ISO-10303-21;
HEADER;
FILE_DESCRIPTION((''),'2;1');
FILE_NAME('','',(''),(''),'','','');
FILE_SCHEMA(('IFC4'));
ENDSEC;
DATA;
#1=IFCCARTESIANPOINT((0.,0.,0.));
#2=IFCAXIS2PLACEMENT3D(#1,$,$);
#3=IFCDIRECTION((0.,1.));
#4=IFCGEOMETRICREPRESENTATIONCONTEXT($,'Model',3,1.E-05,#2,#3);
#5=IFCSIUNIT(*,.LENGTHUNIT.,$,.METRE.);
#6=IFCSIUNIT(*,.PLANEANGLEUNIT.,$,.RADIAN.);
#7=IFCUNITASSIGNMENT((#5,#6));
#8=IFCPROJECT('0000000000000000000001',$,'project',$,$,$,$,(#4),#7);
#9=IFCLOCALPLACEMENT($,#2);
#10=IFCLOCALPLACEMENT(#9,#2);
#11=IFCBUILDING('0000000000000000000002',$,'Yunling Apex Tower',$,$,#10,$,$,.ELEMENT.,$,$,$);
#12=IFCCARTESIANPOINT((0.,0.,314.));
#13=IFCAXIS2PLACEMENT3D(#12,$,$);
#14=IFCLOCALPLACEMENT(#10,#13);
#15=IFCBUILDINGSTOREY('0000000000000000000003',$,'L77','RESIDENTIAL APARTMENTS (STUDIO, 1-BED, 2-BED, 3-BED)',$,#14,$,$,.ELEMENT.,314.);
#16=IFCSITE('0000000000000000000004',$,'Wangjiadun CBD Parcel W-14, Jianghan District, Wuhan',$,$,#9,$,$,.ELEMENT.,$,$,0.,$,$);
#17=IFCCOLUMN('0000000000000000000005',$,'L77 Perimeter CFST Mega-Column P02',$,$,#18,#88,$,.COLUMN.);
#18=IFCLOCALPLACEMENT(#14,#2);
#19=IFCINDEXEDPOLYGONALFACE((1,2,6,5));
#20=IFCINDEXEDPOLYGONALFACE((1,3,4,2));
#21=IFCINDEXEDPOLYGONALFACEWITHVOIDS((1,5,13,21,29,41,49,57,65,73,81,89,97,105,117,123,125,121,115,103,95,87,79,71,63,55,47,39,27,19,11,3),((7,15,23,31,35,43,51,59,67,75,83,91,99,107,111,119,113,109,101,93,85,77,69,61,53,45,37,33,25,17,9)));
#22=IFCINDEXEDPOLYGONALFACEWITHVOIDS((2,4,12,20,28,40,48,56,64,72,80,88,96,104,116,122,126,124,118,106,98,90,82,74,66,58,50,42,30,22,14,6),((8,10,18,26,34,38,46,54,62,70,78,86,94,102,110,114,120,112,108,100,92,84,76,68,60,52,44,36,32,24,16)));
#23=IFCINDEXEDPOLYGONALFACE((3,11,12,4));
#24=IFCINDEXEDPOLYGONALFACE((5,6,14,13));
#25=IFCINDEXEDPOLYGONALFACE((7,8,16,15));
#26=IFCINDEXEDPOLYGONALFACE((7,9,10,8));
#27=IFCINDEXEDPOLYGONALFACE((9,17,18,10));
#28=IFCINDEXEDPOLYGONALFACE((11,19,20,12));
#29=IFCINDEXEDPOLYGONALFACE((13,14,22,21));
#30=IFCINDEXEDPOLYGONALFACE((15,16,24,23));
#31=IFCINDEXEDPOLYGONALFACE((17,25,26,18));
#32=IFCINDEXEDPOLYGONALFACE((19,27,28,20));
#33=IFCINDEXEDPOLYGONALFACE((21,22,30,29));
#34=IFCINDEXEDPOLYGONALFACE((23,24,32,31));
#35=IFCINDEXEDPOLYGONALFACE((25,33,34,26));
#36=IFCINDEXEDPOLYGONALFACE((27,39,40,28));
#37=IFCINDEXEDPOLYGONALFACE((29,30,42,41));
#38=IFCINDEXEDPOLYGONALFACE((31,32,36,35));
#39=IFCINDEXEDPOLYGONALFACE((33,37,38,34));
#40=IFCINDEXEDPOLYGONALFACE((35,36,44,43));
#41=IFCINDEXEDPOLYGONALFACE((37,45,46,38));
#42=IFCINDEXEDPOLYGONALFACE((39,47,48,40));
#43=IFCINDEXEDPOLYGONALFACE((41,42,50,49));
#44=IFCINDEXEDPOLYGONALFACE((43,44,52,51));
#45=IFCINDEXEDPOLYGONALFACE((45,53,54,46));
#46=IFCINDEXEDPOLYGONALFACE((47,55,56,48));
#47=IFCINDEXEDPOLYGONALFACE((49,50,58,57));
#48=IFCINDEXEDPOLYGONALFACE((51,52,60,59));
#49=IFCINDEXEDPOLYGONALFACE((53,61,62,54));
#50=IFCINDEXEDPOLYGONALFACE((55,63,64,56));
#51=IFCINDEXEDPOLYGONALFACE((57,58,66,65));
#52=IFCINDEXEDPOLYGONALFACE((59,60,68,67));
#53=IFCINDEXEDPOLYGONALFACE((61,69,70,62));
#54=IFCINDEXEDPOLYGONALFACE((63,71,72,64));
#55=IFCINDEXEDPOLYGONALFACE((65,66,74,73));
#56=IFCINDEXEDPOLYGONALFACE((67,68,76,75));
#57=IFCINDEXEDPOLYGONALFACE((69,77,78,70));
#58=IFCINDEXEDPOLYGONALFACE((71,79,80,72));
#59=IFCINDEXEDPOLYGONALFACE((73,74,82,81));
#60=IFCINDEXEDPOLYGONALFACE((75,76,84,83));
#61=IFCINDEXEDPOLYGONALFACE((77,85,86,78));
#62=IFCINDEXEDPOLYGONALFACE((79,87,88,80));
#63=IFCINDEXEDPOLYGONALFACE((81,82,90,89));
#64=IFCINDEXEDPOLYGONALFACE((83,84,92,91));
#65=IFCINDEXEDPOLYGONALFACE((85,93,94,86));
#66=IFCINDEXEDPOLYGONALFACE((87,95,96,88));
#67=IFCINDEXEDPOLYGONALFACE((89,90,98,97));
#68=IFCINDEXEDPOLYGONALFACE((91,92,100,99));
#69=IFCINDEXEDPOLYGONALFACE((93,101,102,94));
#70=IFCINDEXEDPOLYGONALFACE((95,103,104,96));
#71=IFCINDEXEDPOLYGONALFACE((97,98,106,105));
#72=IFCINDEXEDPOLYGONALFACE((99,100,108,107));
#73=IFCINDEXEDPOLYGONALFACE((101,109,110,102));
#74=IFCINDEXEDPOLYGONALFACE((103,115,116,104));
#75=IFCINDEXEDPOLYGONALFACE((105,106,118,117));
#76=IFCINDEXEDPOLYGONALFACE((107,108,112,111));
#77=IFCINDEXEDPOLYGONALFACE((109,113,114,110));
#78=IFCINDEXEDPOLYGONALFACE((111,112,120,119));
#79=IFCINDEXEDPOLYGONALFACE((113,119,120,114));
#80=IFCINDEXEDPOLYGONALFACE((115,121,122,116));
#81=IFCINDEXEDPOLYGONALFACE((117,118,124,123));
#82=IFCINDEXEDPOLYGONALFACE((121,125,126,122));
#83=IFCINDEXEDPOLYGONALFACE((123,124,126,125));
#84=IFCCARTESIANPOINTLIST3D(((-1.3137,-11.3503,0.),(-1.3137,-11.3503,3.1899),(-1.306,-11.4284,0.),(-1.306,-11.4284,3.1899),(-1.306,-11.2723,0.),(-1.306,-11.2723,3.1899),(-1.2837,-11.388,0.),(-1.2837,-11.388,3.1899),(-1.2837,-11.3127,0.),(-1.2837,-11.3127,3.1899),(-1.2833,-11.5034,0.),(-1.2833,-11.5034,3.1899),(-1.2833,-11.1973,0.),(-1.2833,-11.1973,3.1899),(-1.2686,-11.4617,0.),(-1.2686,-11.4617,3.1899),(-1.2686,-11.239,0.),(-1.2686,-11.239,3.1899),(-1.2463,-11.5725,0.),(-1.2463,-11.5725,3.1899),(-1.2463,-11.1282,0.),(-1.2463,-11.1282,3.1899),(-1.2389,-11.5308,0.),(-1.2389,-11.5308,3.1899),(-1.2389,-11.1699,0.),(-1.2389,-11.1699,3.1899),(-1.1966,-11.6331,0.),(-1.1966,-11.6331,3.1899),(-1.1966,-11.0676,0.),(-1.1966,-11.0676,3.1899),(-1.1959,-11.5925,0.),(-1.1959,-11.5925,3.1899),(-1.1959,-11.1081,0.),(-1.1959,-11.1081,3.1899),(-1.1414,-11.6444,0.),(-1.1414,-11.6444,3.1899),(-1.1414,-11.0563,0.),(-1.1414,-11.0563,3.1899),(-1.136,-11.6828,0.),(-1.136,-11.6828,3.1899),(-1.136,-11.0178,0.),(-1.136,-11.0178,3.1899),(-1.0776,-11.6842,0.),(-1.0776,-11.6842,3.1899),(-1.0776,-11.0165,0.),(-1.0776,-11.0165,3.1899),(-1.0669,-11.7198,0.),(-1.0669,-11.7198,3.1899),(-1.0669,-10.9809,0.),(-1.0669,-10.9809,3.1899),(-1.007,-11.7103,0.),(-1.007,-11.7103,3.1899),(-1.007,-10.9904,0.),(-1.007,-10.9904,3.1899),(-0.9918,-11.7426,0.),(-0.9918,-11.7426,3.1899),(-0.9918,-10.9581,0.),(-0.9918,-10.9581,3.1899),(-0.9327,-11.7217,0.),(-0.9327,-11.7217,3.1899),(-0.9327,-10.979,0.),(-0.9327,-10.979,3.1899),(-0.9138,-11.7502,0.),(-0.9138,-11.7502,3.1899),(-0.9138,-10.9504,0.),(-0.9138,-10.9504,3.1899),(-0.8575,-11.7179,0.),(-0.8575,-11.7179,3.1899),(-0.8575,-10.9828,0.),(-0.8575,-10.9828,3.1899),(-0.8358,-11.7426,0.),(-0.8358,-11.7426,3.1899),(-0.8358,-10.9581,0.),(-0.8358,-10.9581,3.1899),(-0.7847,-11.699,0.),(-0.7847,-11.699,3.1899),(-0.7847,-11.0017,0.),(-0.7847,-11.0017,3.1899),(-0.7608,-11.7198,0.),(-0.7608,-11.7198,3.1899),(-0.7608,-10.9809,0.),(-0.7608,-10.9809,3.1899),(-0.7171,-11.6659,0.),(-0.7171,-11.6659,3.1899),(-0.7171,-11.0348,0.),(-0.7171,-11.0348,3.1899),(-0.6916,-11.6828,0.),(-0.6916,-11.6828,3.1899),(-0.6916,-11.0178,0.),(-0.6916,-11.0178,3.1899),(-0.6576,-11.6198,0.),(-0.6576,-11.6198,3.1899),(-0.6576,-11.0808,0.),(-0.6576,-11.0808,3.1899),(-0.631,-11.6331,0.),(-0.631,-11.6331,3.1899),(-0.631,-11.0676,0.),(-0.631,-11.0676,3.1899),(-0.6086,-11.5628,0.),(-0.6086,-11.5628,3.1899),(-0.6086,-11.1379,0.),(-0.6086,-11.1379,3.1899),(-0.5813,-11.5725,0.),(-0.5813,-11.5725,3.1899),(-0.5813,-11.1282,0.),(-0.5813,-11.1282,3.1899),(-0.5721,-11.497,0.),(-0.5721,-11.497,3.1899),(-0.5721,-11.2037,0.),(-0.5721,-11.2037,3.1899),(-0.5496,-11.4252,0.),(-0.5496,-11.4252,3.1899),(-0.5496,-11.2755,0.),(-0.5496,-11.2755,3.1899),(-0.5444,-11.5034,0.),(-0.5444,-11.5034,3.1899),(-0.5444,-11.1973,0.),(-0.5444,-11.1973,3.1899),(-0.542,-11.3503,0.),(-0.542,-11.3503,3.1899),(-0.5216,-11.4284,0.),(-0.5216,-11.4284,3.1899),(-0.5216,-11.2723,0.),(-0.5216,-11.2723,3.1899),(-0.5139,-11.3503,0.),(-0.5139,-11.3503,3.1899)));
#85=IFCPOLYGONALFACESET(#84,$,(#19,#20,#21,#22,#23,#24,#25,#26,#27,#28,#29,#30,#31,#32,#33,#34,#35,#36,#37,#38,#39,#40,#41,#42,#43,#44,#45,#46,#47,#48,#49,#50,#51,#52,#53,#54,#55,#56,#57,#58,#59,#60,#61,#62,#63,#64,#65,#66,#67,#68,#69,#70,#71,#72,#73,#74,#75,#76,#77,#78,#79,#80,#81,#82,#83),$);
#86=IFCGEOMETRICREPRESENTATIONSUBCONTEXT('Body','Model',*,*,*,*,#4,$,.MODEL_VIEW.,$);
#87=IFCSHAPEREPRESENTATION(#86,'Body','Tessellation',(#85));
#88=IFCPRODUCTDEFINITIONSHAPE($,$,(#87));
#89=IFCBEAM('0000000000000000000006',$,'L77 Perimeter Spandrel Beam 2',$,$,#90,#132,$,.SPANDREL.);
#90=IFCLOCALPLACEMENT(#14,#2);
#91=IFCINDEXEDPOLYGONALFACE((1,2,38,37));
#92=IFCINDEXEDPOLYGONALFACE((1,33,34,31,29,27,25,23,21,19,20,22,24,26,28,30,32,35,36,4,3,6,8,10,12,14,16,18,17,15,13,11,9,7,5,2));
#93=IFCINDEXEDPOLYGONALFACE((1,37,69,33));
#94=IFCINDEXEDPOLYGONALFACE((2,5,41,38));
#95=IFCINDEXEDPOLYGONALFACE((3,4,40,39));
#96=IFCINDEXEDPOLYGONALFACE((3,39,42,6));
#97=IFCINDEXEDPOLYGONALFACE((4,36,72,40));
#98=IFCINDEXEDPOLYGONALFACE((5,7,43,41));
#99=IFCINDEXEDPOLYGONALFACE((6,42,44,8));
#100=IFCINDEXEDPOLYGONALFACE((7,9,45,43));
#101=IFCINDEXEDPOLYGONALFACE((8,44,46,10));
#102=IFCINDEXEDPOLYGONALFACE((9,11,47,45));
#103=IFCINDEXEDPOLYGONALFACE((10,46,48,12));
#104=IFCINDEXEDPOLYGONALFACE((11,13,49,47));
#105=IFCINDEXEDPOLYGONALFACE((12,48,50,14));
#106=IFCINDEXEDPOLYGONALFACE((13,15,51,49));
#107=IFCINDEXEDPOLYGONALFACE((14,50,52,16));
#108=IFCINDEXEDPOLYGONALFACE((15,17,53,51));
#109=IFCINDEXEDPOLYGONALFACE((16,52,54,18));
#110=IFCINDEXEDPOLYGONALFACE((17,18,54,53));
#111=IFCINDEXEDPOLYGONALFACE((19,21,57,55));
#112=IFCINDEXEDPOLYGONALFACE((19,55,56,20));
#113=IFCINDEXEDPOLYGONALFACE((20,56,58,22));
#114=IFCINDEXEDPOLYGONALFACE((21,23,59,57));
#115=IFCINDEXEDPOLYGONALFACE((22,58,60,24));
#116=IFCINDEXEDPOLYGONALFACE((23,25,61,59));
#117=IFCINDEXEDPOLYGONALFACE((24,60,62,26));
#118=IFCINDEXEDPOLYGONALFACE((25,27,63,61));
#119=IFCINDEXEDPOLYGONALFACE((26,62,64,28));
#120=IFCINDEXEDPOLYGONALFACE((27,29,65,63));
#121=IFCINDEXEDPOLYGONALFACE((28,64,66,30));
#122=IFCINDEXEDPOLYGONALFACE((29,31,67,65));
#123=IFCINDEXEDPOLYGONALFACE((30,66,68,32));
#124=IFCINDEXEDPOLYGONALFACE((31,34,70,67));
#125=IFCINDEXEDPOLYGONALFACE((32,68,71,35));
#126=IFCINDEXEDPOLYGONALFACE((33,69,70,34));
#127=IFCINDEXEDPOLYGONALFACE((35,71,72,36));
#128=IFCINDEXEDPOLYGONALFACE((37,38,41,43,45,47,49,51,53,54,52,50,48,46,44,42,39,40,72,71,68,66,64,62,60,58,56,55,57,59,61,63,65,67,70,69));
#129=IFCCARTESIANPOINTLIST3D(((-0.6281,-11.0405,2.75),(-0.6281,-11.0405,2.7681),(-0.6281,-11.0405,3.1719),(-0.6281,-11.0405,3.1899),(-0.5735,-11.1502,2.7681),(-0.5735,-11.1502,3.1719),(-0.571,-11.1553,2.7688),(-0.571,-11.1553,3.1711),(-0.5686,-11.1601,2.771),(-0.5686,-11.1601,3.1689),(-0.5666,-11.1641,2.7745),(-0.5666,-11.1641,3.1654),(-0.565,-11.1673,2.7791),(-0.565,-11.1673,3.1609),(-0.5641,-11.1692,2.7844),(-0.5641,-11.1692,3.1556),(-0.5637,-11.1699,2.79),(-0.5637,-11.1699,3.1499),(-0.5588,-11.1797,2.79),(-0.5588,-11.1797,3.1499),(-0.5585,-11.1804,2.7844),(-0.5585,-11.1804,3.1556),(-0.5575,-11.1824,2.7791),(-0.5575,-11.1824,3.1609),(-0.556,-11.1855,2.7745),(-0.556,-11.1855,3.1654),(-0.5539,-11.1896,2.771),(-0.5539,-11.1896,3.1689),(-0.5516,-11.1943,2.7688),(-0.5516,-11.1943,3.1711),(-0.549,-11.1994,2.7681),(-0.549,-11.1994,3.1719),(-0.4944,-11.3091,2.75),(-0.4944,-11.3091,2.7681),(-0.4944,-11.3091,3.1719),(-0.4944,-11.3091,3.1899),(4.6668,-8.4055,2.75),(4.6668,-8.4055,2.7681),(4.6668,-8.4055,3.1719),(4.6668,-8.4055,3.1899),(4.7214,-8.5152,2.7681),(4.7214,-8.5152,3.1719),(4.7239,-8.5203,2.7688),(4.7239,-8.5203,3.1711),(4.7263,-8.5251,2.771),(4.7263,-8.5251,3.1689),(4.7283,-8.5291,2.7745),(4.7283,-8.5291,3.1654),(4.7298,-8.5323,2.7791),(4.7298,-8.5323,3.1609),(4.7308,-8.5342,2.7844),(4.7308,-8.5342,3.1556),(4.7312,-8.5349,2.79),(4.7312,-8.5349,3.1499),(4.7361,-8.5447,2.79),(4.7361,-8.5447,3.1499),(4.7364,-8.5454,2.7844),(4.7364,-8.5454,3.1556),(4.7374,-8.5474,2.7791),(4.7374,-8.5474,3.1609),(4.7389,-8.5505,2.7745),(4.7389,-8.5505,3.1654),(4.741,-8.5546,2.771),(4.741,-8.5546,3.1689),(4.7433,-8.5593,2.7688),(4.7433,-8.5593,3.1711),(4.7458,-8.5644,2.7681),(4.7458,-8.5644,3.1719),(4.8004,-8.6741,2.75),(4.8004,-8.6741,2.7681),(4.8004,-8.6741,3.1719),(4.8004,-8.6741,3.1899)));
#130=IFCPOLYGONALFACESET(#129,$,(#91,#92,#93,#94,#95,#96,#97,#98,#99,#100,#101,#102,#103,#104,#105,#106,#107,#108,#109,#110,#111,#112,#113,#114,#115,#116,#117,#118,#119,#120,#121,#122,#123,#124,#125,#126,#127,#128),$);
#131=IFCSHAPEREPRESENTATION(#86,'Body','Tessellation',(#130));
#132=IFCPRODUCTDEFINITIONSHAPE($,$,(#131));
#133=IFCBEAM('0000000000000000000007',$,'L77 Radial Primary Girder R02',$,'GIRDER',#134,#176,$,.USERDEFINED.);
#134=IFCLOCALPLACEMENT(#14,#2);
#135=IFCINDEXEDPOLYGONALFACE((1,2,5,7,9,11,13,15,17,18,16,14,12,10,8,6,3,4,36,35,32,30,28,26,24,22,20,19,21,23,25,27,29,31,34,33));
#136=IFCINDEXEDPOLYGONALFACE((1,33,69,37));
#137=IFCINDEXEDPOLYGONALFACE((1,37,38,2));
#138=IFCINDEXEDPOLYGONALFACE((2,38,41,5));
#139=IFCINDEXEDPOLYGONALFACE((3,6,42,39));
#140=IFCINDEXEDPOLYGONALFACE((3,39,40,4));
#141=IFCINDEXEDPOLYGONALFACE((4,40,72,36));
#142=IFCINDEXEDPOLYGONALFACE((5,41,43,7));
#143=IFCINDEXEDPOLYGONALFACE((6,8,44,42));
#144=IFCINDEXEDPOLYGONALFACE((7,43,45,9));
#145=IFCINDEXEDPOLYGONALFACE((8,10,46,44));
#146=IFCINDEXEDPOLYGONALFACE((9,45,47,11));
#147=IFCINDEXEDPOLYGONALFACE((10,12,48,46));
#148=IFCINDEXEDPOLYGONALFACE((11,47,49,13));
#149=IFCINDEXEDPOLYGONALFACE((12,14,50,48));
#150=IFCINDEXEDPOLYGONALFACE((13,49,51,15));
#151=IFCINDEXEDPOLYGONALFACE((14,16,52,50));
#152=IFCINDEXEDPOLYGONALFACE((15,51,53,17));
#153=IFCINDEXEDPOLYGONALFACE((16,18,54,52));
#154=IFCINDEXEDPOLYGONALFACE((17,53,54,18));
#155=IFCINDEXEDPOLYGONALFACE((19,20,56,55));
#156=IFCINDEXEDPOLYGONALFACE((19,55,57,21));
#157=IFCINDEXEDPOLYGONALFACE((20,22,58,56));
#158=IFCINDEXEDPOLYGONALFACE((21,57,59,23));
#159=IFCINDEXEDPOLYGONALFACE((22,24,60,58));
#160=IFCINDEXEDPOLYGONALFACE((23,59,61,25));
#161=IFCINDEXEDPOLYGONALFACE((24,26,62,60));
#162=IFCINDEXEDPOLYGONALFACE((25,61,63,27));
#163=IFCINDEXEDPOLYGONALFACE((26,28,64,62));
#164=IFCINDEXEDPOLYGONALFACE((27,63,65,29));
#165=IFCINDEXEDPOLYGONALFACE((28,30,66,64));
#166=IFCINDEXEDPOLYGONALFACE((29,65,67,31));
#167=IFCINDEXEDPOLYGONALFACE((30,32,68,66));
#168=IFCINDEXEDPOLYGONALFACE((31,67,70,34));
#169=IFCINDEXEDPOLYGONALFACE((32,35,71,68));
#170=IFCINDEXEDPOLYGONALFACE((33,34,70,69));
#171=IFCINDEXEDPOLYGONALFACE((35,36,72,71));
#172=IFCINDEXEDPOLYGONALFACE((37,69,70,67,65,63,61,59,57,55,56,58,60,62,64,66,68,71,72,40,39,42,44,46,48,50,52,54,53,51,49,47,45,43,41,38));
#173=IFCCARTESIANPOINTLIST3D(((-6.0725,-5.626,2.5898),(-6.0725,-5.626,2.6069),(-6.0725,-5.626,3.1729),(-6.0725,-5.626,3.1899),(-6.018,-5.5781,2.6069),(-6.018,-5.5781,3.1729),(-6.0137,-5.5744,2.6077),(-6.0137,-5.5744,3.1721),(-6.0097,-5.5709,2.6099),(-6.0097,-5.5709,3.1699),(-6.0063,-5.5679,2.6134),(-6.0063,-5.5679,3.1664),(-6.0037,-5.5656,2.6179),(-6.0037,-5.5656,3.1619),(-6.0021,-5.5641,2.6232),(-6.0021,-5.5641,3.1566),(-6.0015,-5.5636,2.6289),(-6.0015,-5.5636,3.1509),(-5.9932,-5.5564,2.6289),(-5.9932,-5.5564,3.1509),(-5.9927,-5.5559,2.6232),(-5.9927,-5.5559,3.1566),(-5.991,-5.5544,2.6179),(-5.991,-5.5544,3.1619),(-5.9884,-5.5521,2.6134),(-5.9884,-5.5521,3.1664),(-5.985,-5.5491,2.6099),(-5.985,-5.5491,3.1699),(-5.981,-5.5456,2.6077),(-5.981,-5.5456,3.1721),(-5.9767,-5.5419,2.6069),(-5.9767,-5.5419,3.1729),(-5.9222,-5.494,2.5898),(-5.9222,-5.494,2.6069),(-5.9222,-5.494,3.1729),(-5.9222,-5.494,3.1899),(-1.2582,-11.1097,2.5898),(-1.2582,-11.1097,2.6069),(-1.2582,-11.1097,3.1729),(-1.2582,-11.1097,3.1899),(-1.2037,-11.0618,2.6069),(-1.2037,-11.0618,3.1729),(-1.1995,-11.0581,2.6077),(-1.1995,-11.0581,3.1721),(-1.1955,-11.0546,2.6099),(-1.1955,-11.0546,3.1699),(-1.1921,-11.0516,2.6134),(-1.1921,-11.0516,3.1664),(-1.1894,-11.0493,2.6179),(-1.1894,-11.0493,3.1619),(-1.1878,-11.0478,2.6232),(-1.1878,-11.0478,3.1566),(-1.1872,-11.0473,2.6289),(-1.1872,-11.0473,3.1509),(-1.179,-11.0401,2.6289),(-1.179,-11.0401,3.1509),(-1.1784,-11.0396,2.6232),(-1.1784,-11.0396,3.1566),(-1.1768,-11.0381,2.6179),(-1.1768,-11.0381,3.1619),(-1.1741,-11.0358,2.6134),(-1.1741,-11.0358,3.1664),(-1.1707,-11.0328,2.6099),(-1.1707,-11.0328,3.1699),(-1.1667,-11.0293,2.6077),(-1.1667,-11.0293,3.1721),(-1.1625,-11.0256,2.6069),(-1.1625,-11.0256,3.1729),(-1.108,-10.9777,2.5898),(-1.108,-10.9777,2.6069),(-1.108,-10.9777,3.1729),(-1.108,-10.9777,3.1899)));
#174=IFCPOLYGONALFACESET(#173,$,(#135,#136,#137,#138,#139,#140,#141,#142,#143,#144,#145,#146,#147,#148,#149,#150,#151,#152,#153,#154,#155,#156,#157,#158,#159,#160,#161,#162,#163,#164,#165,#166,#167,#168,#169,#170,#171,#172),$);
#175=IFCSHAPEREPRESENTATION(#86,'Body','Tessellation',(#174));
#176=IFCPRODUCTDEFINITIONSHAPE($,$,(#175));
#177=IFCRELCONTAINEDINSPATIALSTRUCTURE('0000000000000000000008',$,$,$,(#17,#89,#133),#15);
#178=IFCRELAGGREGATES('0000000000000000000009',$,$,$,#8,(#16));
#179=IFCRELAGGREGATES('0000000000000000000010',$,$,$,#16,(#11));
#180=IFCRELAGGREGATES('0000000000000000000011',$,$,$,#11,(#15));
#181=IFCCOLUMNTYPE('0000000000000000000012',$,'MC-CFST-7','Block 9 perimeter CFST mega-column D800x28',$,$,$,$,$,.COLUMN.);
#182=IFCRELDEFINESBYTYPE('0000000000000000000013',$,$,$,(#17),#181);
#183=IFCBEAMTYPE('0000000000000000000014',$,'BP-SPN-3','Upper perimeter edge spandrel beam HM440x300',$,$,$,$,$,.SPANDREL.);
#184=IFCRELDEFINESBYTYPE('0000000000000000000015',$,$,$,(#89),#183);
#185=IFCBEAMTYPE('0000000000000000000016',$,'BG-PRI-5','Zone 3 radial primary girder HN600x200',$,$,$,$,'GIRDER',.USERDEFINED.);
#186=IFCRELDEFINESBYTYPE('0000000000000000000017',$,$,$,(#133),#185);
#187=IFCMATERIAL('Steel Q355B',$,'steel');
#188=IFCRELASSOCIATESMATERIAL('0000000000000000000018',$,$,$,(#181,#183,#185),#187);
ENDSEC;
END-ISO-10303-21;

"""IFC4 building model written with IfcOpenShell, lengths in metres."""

from ifc_helpers import new_model, si_unit, direction, frame, origin, origin_2d, place, context, subcontext, project, spatial, hollow_circle, i_section, extrude, source, transform, mapped, material, material_profile, profile_set, type_object, element, save


model = new_model("IFC4")

# Units and contexts
model_context = context("Model", 3, precision=1e-05, world=origin(), true_north=direction((0.0, 1.0)))
body_context = subcontext(model_context, "Body", "Model", "MODEL_VIEW")
ifc_project = project(units=[si_unit("LENGTHUNIT", "METRE"), si_unit("PLANEANGLEUNIT", "RADIAN")], contexts=[model_context])

# Site, building, storey
site_placement = place(None, origin())
site = spatial("IfcSite", under=ifc_project, at=site_placement, Name="Wangjiadun CBD Parcel W-14, Jianghan District, Wuhan", CompositionType="ELEMENT", RefElevation=0.0)
building_placement = place(site_placement, origin())
building = spatial("IfcBuilding", under=site, at=building_placement, Name="Yunling Apex Tower", CompositionType="ELEMENT")
storey_placement = place(building_placement, frame((0.0, 0.0, 314.0)))
storey = spatial("IfcBuildingStorey", under=building, at=storey_placement, Name="L77", Description="RESIDENTIAL APARTMENTS (STUDIO, 1-BED, 2-BED, 3-BED)", CompositionType="ELEMENT", Elevation=314.0)

# Column
ifc_material_1 = material(Name="Steel Q355B", Category="steel")
ifc_material_profile_1 = material_profile(ifc_material_1, hollow_circle(Radius=0.3999, WallThickness=0.0281, at=origin_2d()))
ifc_profile_set_1 = profile_set([ifc_material_profile_1], Name="Steel Q355B")
column_type = type_object("IfcColumnType", Name="MC-CFST-7", Description="Block 9 perimeter CFST mega-column D800x28", PredefinedType="COLUMN", material=ifc_profile_set_1)
shared_shape_1 = source(origin(), body_context, "Body", "SweptSolid", [
    extrude(hollow_circle(Radius=0.3999, WallThickness=0.0281, at=origin_2d()), origin(), (0.0, 0.0, 1.0), 3.1899),
])
column_placement = place(storey_placement, frame((-0.9138, -11.3503, 0.0), z_axis=(0.0, 0.0, 1.0), x_axis=(1.0, 0.0, 0.0)))
element("IfcColumn", 1, at=column_placement, inside=storey, type_object=column_type, Name="L77 Perimeter CFST Mega-Column P02", PredefinedType="COLUMN", context=body_context, shape_type="MappedRepresentation", body=[
    mapped(shared_shape_1, transform((0.0, 0.0, 0.0), scale=1.0)),
])

# Beams
ifc_material_profile_2 = material_profile(ifc_material_1, i_section(OverallWidth=0.3, OverallDepth=0.4399, WebThickness=0.011, FlangeThickness=0.0181, FilletRadius=0.022, at=origin_2d()))
ifc_profile_set_2 = profile_set([ifc_material_profile_2], Name="Steel Q355B")
beam_type_1 = type_object("IfcBeamType", Name="BP-SPN-3", Description="Upper perimeter edge spandrel beam HM440x300", PredefinedType="SPANDREL", material=ifc_profile_set_2)
shared_shape_2 = source(origin(), body_context, "Body", "SweptSolid", [
    extrude(i_section(OverallWidth=0.3, OverallDepth=0.4399, WebThickness=0.011, FlangeThickness=0.0181, FilletRadius=0.022, at=origin_2d()), origin(), (0.0, 0.0, 1.0), 5.9143),
])
beam_1_placement = place(storey_placement, frame((-0.5613, -11.1748, 2.97), z_axis=(0.895268, 0.445529, 0.0), x_axis=(-0.445529, 0.895268, 0.0)))
element("IfcBeam", 2, at=beam_1_placement, inside=storey, type_object=beam_type_1, Name="L77 Perimeter Spandrel Beam 2", PredefinedType="SPANDREL", context=body_context, shape_type="MappedRepresentation", body=[
    mapped(shared_shape_2, transform((0.0, 0.0, 0.0), scale=1.0)),
])
ifc_material_profile_3 = material_profile(ifc_material_1, i_section(OverallWidth=0.2, OverallDepth=0.6001, WebThickness=0.011, FlangeThickness=0.0171, FilletRadius=0.022, at=origin_2d()))
ifc_profile_set_3 = profile_set([ifc_material_profile_3], Name="Steel Q355B")
beam_type_2 = type_object("IfcBeamType", Name="BG-PRI-5", Description="Zone 3 radial primary girder HN600x200", ElementType="GIRDER", PredefinedType="USERDEFINED", material=ifc_profile_set_3)
shared_shape_3 = source(origin(), body_context, "Body", "SweptSolid", [
    extrude(i_section(OverallWidth=0.2, OverallDepth=0.6001, WebThickness=0.011, FlangeThickness=0.0171, FilletRadius=0.022, at=origin_2d()), origin(), (0.0, 0.0, 1.0), 7.2971),
])
beam_2_placement = place(storey_placement, frame((-1.1831, -11.0437, 2.8899), z_axis=(-0.659747, 0.751488, 0.0), x_axis=(-0.751488, -0.659747, 0.0)))
element("IfcBeam", 3, at=beam_2_placement, inside=storey, type_object=beam_type_2, Name="L77 Radial Primary Girder R02", ObjectType="GIRDER", PredefinedType="USERDEFINED", context=body_context, shape_type="MappedRepresentation", body=[
    mapped(shared_shape_3, transform((0.0, 0.0, 0.0), scale=1.0)),
])

save(model, "model.ifc")
